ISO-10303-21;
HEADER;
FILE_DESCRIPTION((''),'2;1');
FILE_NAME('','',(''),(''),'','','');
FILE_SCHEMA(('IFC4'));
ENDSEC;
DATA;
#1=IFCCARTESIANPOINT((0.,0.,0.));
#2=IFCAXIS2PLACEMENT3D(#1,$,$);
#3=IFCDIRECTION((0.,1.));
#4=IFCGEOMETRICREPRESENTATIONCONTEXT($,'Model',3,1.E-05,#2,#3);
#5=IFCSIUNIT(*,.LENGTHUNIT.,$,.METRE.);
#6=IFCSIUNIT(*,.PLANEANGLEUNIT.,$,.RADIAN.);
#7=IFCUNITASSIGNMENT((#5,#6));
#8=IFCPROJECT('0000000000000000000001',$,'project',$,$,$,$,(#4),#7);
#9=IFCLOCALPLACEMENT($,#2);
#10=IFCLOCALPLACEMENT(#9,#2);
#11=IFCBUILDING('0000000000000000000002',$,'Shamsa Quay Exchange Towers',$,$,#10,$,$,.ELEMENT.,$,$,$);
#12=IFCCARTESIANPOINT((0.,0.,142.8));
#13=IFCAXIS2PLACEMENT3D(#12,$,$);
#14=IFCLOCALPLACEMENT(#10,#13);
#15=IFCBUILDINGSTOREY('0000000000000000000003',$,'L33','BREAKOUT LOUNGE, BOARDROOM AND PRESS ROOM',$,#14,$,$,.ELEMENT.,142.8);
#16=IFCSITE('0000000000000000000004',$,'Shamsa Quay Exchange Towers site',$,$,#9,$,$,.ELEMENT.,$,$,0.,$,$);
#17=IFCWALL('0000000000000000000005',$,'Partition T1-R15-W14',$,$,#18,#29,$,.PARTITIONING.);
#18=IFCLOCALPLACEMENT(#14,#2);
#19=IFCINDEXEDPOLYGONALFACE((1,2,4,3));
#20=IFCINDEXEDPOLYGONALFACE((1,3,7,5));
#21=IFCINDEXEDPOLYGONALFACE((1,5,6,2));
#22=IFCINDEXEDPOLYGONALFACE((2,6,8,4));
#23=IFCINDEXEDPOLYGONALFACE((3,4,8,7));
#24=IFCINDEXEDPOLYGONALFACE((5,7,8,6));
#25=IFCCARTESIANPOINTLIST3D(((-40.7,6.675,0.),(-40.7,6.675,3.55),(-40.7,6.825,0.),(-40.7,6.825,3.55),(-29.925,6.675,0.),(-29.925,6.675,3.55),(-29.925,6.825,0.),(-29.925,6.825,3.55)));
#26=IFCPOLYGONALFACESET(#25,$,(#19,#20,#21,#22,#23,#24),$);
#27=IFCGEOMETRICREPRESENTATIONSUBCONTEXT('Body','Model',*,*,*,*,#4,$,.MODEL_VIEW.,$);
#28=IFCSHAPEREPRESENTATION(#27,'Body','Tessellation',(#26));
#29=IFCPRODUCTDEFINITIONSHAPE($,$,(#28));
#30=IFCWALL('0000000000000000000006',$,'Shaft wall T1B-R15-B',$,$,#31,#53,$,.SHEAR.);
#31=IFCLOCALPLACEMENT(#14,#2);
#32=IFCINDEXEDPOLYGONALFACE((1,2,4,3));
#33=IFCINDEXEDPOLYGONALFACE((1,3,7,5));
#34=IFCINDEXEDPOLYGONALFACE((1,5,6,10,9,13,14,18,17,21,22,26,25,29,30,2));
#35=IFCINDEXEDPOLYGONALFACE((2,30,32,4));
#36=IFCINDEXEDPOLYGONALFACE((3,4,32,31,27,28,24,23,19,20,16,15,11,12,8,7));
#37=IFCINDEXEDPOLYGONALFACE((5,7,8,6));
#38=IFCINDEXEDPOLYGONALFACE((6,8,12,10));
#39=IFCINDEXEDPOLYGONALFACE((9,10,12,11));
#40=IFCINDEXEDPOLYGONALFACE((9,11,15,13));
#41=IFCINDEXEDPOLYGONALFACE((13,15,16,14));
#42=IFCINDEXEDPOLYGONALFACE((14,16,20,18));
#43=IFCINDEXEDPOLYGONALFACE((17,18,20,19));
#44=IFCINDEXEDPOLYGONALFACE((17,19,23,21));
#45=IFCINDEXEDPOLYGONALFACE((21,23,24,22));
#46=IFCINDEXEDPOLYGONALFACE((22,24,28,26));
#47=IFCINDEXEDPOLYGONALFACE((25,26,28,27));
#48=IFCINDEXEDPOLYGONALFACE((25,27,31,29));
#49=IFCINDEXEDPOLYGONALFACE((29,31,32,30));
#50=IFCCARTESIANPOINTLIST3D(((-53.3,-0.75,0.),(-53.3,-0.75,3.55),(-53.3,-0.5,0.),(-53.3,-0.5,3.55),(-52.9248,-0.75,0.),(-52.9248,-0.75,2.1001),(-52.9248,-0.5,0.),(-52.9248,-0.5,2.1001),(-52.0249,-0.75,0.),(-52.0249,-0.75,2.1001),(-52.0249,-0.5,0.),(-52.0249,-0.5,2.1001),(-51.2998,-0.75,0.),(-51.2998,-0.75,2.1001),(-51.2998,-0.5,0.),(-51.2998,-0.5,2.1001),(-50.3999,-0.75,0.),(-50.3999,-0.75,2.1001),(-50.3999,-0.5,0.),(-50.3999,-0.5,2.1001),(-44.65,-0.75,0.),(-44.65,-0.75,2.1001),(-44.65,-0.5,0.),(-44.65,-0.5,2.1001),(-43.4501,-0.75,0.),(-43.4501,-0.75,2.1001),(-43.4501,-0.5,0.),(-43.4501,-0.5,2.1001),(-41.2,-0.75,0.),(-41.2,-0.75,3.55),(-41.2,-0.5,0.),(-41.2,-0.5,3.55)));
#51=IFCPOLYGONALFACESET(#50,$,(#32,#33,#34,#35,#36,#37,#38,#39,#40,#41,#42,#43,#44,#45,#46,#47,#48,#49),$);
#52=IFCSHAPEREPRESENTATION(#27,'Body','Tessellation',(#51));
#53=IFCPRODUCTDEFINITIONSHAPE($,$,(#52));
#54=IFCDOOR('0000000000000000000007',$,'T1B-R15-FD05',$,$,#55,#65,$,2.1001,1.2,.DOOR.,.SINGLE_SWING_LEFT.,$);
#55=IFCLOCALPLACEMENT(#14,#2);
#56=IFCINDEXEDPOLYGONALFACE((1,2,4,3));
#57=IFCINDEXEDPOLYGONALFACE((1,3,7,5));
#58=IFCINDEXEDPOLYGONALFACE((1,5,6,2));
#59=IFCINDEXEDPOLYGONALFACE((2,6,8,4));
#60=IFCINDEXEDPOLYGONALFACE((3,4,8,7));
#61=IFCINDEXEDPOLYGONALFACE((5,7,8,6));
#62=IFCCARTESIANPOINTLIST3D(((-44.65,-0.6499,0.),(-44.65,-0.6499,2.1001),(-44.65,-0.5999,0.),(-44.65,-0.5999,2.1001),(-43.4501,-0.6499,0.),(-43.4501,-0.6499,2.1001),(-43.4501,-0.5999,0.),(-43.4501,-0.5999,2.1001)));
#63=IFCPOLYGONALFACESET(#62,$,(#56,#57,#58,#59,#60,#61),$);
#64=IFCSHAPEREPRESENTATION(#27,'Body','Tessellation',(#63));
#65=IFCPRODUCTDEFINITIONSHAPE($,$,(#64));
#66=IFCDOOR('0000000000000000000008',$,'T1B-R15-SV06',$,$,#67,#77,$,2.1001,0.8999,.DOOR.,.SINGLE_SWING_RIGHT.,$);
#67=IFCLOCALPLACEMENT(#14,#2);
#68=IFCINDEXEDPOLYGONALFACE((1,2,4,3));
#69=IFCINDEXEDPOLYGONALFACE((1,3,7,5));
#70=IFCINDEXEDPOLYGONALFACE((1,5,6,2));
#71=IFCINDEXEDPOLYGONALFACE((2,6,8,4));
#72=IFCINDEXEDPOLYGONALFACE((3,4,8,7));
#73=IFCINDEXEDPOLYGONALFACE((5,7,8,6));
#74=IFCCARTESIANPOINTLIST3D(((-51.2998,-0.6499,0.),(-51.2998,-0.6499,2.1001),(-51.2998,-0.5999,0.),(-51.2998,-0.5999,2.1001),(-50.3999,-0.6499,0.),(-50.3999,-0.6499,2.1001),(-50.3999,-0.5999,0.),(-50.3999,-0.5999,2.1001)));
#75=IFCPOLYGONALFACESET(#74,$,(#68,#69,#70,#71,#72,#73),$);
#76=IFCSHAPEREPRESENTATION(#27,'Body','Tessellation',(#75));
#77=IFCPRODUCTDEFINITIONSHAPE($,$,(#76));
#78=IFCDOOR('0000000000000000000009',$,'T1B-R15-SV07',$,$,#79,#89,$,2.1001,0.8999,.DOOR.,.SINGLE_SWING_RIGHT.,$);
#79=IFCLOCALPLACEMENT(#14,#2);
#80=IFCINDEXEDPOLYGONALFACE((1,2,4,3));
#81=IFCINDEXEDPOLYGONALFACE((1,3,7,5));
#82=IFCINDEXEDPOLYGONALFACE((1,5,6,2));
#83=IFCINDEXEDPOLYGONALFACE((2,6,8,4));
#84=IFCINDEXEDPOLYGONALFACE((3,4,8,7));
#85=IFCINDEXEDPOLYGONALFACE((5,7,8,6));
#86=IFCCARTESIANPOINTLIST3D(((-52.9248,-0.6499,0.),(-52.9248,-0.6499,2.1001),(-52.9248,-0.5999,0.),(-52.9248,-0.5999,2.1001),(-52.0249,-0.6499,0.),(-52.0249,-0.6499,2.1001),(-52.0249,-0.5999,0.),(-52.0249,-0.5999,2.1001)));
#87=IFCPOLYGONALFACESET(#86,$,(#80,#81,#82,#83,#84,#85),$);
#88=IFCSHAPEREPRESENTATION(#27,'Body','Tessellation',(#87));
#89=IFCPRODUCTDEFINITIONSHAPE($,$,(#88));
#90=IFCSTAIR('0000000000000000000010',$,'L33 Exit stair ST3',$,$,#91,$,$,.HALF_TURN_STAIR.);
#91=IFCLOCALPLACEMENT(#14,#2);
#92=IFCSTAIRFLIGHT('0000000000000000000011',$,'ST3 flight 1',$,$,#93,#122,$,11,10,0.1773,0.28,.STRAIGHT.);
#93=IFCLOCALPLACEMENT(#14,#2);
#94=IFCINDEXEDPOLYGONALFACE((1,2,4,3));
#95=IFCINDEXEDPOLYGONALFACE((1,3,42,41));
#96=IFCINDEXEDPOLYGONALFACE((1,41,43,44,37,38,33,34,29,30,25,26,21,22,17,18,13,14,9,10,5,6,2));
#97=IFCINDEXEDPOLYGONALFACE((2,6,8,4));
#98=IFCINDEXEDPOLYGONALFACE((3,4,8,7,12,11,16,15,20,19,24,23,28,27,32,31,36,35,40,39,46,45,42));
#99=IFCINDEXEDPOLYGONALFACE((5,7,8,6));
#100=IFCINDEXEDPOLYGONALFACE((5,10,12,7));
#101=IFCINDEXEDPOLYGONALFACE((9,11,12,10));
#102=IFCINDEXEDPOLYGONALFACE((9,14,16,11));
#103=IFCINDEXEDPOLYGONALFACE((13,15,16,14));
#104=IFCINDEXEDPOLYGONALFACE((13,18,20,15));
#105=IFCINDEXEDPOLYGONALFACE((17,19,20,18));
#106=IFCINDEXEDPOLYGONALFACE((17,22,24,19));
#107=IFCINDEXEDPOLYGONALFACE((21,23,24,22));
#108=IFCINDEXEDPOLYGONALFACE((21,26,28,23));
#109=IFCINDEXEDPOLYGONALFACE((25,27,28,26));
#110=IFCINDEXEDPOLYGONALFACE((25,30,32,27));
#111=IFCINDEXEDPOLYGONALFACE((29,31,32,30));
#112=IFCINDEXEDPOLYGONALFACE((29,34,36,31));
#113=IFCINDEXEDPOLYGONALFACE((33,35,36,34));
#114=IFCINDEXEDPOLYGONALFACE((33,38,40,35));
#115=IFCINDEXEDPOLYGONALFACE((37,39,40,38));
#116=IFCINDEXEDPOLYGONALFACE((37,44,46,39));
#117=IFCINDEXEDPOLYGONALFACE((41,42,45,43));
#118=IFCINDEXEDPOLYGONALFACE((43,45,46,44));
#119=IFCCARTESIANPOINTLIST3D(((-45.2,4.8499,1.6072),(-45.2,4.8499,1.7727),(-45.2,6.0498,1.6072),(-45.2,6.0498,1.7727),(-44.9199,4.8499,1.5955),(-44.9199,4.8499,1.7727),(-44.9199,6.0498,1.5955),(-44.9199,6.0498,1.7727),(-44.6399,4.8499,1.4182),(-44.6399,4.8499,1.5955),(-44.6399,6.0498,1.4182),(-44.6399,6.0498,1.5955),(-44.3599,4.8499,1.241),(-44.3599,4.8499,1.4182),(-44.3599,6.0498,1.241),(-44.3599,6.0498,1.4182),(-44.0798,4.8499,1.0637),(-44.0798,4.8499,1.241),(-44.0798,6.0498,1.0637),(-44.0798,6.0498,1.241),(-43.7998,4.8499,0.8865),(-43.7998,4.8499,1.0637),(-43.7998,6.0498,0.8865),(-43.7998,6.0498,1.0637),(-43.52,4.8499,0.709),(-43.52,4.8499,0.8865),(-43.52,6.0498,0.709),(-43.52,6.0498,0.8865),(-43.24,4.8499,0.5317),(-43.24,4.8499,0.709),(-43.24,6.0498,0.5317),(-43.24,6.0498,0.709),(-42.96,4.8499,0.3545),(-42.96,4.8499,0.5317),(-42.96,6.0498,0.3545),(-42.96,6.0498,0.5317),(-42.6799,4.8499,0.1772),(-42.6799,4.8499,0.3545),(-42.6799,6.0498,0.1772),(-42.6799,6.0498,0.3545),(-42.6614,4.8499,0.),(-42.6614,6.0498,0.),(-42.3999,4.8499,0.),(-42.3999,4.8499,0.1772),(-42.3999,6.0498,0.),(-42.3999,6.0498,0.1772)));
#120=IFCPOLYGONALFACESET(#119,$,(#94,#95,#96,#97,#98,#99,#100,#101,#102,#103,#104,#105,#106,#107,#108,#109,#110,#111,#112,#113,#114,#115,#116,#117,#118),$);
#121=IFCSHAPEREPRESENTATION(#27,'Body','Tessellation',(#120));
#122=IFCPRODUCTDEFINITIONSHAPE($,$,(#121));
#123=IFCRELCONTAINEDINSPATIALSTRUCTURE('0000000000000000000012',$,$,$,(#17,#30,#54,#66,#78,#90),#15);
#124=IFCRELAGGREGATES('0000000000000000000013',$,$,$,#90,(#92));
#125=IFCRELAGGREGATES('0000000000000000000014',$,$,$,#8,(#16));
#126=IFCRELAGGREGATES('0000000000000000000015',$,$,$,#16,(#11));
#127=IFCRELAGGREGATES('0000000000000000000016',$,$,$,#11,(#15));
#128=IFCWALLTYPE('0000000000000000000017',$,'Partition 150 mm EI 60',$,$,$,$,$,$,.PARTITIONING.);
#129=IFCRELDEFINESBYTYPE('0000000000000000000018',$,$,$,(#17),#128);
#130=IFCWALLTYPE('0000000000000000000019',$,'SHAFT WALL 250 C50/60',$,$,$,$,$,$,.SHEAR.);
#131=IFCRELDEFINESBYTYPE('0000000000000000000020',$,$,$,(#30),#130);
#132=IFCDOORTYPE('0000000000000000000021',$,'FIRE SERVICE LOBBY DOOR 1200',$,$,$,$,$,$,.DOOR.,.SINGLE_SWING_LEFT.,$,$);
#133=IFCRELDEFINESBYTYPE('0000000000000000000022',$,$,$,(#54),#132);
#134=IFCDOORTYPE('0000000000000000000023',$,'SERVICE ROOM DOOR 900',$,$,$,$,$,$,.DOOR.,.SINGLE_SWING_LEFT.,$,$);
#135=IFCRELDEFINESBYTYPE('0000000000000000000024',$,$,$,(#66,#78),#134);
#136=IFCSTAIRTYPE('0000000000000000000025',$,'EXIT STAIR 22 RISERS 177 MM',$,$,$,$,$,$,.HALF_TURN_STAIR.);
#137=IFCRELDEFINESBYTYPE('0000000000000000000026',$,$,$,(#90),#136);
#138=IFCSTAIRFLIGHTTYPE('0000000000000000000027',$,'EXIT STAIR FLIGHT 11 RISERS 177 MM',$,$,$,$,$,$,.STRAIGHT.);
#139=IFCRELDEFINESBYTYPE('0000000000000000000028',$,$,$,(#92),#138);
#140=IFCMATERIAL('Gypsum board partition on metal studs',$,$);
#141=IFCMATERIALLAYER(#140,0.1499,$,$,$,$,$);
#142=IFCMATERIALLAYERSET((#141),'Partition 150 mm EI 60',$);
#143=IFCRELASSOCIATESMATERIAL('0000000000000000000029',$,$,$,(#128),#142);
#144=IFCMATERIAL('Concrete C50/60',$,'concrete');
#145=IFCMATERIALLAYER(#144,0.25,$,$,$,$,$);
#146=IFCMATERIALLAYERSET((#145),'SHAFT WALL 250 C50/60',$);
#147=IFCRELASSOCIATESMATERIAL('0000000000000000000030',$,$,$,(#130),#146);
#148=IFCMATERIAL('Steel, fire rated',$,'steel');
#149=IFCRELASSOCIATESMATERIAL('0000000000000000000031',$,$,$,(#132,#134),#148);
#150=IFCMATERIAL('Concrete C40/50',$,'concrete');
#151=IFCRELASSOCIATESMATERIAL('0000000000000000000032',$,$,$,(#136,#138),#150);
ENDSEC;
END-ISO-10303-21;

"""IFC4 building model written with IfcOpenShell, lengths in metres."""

from ifc_helpers import new_model, si_unit, direction, frame, frame_2d, origin, place, context, subcontext, project, spatial, polyline, rectangle, outline, extrude, material, layer, layer_set, type_object, element, fill, aggregate, save


model = new_model("IFC4")

# Units and contexts
model_context = context("Model", 3, precision=1e-05, world=origin(), true_north=direction((0.0, 1.0)))
body_context = subcontext(model_context, "Body", "Model", "MODEL_VIEW")
ifc_project = project(units=[si_unit("LENGTHUNIT", "METRE"), si_unit("PLANEANGLEUNIT", "RADIAN")], contexts=[model_context])

# Site, building, storey
site_placement = place(None, origin())
site = spatial("IfcSite", under=ifc_project, at=site_placement, Name="Shamsa Quay Exchange Towers site", CompositionType="ELEMENT", RefElevation=0.0)
building_placement = place(site_placement, origin())
building = spatial("IfcBuilding", under=site, at=building_placement, Name="Shamsa Quay Exchange Towers", CompositionType="ELEMENT")
storey_placement = place(building_placement, frame((0.0, 0.0, 142.8)))
storey = spatial("IfcBuildingStorey", under=building, at=storey_placement, Name="L33", Description="BREAKOUT LOUNGE, BOARDROOM AND PRESS ROOM", CompositionType="ELEMENT", Elevation=142.8)

# Wall
ifc_material_1 = material(Name="Gypsum board partition on metal studs")
ifc_layer_1 = layer(ifc_material_1, 0.1499)
ifc_layer_set_1 = layer_set([ifc_layer_1], Name="Partition 150 mm EI 60")
wall_type_1 = type_object("IfcWallType", Name="Partition 150 mm EI 60", PredefinedType="PARTITIONING", material=ifc_layer_set_1)
wall_1_placement = place(storey_placement, frame((-40.7, 6.75, 0.0)))
element("IfcWall", 1, at=wall_1_placement, inside=storey, type_object=wall_type_1, Name="Partition T1-R15-W14", PredefinedType="PARTITIONING", context=body_context, shape_type="SweptSolid", body=[
    extrude(rectangle(XDim=10.7749, YDim=0.1499, at=frame_2d((5.3875, 0.0))), origin(), (0.0, 0.0, 1.0), 3.55),
])

# Wall, openings, doors
ifc_material_2 = material(Name="Concrete C50/60", Category="concrete")
ifc_layer_2 = layer(ifc_material_2, 0.25)
ifc_layer_set_2 = layer_set([ifc_layer_2], Name="SHAFT WALL 250 C50/60")
wall_type_2 = type_object("IfcWallType", Name="SHAFT WALL 250 C50/60", PredefinedType="SHEAR", material=ifc_layer_set_2)
wall_2_placement = place(storey_placement, frame((-41.2, -0.625, 0.0), z_axis=(0.0, 0.0, 1.0), x_axis=(-1.0, 0.0, 0.0)))
wall_2 = element("IfcWall", 2, at=wall_2_placement, inside=storey, type_object=wall_type_2, Name="Shaft wall T1B-R15-B", PredefinedType="SHEAR", context=body_context, shape_type="SweptSolid", body=[
    extrude(rectangle(XDim=12.1001, YDim=0.25, at=frame_2d((6.05, 0.0))), origin(), (0.0, 0.0, 1.0), 3.55),
])
opening_1_placement = place(wall_2_placement, frame((2.25, 0.0, 0.0)))
opening_1 = element("IfcOpeningElement", 3, at=opening_1_placement, cuts=wall_2, PredefinedType="OPENING", context=body_context, shape_type="SweptSolid", body=[
    extrude(rectangle(XDim=1.2, YDim=2.1001, at=frame_2d((0.6001, 1.05))), frame((0.0, 0.135, 0.0), z_axis=(0.0, -1.0, 0.0), x_axis=(1.0, 0.0, 0.0)), (0.0, 0.0, 1.0), 0.27),
])
opening_2_placement = place(wall_2_placement, frame((9.2, 0.0, 0.0)))
opening_2 = element("IfcOpeningElement", 4, at=opening_2_placement, cuts=wall_2, PredefinedType="OPENING", context=body_context, shape_type="SweptSolid", body=[
    extrude(rectangle(XDim=0.8999, YDim=2.1001, at=frame_2d((0.45, 1.05))), frame((0.0, 0.135, 0.0), z_axis=(0.0, -1.0, 0.0), x_axis=(1.0, 0.0, 0.0)), (0.0, 0.0, 1.0), 0.27),
])
opening_3_placement = place(wall_2_placement, frame((10.825, 0.0, 0.0)))
opening_3 = element("IfcOpeningElement", 5, at=opening_3_placement, cuts=wall_2, PredefinedType="OPENING", context=body_context, shape_type="SweptSolid", body=[
    extrude(rectangle(XDim=0.8999, YDim=2.1001, at=frame_2d((0.45, 1.05))), frame((0.0, 0.135, 0.0), z_axis=(0.0, -1.0, 0.0), x_axis=(1.0, 0.0, 0.0)), (0.0, 0.0, 1.0), 0.27),
])
ifc_material_3 = material(Name="Steel, fire rated", Category="steel")
door_type_1 = type_object("IfcDoorType", Name="FIRE SERVICE LOBBY DOOR 1200", OperationType="SINGLE_SWING_LEFT", PredefinedType="DOOR", material=ifc_material_3)
door_1_placement = place(opening_1_placement, origin())
door_1 = element("IfcDoor", 6, at=door_1_placement, inside=storey, type_object=door_type_1, Name="T1B-R15-FD05", OperationType="SINGLE_SWING_LEFT", OverallHeight=2.1001, OverallWidth=1.2, PredefinedType="DOOR", context=body_context, shape_type="SweptSolid", body=[
    extrude(rectangle(XDim=1.2, YDim=2.1001, at=frame_2d((0.6001, 1.05))), frame((0.0, 0.0249, 0.0), z_axis=(0.0, -1.0, 0.0), x_axis=(1.0, 0.0, 0.0)), (0.0, 0.0, 1.0), 0.05),
])
fill(opening_1, door_1)
door_type_2 = type_object("IfcDoorType", Name="SERVICE ROOM DOOR 900", OperationType="SINGLE_SWING_LEFT", PredefinedType="DOOR", material=ifc_material_3)
door_2_placement = place(opening_2_placement, origin())
door_2 = element("IfcDoor", 7, at=door_2_placement, inside=storey, type_object=door_type_2, Name="T1B-R15-SV06", OperationType="SINGLE_SWING_RIGHT", OverallHeight=2.1001, OverallWidth=0.8999, PredefinedType="DOOR", context=body_context, shape_type="SweptSolid", body=[
    extrude(rectangle(XDim=0.8999, YDim=2.1001, at=frame_2d((0.45, 1.05))), frame((0.0, 0.0249, 0.0), z_axis=(0.0, -1.0, 0.0), x_axis=(1.0, 0.0, 0.0)), (0.0, 0.0, 1.0), 0.05),
])
fill(opening_2, door_2)
door_3_placement = place(opening_3_placement, origin())
door_3 = element("IfcDoor", 8, at=door_3_placement, inside=storey, type_object=door_type_2, Name="T1B-R15-SV07", OperationType="SINGLE_SWING_RIGHT", OverallHeight=2.1001, OverallWidth=0.8999, PredefinedType="DOOR", context=body_context, shape_type="SweptSolid", body=[
    extrude(rectangle(XDim=0.8999, YDim=2.1001, at=frame_2d((0.45, 1.05))), frame((0.0, 0.0249, 0.0), z_axis=(0.0, -1.0, 0.0), x_axis=(1.0, 0.0, 0.0)), (0.0, 0.0, 1.0), 0.05),
])
fill(opening_3, door_3)

# Stair, stair flight
ifc_material_4 = material(Name="Concrete C40/50", Category="concrete")
stair_type = type_object("IfcStairType", Name="EXIT STAIR 22 RISERS 177 MM", PredefinedType="HALF_TURN_STAIR", material=ifc_material_4)
stair_placement = place(storey_placement, origin())
stair = element("IfcStair", 9, at=stair_placement, inside=storey, type_object=stair_type, Name="L33 Exit stair ST3", PredefinedType="HALF_TURN_STAIR")
stair_flight_type = type_object("IfcStairFlightType", Name="EXIT STAIR FLIGHT 11 RISERS 177 MM", PredefinedType="STRAIGHT", material=ifc_material_4)
stair_flight_placement = place(storey_placement, frame((-42.3999, 5.45, 0.0), z_axis=(0.0, 0.0, 1.0), x_axis=(-1.0, 0.0, 0.0)))
stair_flight = element("IfcStairFlight", 10, at=stair_flight_placement, type_object=stair_flight_type, Name="ST3 flight 1", NumberOfRisers=11, NumberOfTreads=10, PredefinedType="STRAIGHT", RiserHeight=0.1773, TreadLength=0.28, context=body_context, shape_type="SweptSolid", body=[
    extrude(outline(polyline([(0.0, 0.0), (0.0, 0.1772), (0.28, 0.1772), (0.28, 0.3545), (0.5601, 0.3545), (0.5601, 0.5317), (0.8401, 0.5317), (0.8401, 0.709), (1.1201, 0.709), (1.1201, 0.8865), (1.3999, 0.8865), (1.3999, 1.0637), (1.6799, 1.0637), (1.6799, 1.241), (1.96, 1.241), (1.96, 1.4182), (2.24, 1.4182), (2.24, 1.5955), (2.52, 1.5955), (2.52, 1.7727), (2.8, 1.7727), (2.8, 1.95), (2.8, 1.6072), (0.2615, 0.0), (0.0, 0.0)])), frame((0.0, 0.6001, 0.0), z_axis=(0.0, -1.0, 0.0), x_axis=(1.0, 0.0, 0.0)), (0.0, 0.0, 1.0), 1.2),
])
aggregate(stair, [stair_flight])

save(model, "model.ifc")
